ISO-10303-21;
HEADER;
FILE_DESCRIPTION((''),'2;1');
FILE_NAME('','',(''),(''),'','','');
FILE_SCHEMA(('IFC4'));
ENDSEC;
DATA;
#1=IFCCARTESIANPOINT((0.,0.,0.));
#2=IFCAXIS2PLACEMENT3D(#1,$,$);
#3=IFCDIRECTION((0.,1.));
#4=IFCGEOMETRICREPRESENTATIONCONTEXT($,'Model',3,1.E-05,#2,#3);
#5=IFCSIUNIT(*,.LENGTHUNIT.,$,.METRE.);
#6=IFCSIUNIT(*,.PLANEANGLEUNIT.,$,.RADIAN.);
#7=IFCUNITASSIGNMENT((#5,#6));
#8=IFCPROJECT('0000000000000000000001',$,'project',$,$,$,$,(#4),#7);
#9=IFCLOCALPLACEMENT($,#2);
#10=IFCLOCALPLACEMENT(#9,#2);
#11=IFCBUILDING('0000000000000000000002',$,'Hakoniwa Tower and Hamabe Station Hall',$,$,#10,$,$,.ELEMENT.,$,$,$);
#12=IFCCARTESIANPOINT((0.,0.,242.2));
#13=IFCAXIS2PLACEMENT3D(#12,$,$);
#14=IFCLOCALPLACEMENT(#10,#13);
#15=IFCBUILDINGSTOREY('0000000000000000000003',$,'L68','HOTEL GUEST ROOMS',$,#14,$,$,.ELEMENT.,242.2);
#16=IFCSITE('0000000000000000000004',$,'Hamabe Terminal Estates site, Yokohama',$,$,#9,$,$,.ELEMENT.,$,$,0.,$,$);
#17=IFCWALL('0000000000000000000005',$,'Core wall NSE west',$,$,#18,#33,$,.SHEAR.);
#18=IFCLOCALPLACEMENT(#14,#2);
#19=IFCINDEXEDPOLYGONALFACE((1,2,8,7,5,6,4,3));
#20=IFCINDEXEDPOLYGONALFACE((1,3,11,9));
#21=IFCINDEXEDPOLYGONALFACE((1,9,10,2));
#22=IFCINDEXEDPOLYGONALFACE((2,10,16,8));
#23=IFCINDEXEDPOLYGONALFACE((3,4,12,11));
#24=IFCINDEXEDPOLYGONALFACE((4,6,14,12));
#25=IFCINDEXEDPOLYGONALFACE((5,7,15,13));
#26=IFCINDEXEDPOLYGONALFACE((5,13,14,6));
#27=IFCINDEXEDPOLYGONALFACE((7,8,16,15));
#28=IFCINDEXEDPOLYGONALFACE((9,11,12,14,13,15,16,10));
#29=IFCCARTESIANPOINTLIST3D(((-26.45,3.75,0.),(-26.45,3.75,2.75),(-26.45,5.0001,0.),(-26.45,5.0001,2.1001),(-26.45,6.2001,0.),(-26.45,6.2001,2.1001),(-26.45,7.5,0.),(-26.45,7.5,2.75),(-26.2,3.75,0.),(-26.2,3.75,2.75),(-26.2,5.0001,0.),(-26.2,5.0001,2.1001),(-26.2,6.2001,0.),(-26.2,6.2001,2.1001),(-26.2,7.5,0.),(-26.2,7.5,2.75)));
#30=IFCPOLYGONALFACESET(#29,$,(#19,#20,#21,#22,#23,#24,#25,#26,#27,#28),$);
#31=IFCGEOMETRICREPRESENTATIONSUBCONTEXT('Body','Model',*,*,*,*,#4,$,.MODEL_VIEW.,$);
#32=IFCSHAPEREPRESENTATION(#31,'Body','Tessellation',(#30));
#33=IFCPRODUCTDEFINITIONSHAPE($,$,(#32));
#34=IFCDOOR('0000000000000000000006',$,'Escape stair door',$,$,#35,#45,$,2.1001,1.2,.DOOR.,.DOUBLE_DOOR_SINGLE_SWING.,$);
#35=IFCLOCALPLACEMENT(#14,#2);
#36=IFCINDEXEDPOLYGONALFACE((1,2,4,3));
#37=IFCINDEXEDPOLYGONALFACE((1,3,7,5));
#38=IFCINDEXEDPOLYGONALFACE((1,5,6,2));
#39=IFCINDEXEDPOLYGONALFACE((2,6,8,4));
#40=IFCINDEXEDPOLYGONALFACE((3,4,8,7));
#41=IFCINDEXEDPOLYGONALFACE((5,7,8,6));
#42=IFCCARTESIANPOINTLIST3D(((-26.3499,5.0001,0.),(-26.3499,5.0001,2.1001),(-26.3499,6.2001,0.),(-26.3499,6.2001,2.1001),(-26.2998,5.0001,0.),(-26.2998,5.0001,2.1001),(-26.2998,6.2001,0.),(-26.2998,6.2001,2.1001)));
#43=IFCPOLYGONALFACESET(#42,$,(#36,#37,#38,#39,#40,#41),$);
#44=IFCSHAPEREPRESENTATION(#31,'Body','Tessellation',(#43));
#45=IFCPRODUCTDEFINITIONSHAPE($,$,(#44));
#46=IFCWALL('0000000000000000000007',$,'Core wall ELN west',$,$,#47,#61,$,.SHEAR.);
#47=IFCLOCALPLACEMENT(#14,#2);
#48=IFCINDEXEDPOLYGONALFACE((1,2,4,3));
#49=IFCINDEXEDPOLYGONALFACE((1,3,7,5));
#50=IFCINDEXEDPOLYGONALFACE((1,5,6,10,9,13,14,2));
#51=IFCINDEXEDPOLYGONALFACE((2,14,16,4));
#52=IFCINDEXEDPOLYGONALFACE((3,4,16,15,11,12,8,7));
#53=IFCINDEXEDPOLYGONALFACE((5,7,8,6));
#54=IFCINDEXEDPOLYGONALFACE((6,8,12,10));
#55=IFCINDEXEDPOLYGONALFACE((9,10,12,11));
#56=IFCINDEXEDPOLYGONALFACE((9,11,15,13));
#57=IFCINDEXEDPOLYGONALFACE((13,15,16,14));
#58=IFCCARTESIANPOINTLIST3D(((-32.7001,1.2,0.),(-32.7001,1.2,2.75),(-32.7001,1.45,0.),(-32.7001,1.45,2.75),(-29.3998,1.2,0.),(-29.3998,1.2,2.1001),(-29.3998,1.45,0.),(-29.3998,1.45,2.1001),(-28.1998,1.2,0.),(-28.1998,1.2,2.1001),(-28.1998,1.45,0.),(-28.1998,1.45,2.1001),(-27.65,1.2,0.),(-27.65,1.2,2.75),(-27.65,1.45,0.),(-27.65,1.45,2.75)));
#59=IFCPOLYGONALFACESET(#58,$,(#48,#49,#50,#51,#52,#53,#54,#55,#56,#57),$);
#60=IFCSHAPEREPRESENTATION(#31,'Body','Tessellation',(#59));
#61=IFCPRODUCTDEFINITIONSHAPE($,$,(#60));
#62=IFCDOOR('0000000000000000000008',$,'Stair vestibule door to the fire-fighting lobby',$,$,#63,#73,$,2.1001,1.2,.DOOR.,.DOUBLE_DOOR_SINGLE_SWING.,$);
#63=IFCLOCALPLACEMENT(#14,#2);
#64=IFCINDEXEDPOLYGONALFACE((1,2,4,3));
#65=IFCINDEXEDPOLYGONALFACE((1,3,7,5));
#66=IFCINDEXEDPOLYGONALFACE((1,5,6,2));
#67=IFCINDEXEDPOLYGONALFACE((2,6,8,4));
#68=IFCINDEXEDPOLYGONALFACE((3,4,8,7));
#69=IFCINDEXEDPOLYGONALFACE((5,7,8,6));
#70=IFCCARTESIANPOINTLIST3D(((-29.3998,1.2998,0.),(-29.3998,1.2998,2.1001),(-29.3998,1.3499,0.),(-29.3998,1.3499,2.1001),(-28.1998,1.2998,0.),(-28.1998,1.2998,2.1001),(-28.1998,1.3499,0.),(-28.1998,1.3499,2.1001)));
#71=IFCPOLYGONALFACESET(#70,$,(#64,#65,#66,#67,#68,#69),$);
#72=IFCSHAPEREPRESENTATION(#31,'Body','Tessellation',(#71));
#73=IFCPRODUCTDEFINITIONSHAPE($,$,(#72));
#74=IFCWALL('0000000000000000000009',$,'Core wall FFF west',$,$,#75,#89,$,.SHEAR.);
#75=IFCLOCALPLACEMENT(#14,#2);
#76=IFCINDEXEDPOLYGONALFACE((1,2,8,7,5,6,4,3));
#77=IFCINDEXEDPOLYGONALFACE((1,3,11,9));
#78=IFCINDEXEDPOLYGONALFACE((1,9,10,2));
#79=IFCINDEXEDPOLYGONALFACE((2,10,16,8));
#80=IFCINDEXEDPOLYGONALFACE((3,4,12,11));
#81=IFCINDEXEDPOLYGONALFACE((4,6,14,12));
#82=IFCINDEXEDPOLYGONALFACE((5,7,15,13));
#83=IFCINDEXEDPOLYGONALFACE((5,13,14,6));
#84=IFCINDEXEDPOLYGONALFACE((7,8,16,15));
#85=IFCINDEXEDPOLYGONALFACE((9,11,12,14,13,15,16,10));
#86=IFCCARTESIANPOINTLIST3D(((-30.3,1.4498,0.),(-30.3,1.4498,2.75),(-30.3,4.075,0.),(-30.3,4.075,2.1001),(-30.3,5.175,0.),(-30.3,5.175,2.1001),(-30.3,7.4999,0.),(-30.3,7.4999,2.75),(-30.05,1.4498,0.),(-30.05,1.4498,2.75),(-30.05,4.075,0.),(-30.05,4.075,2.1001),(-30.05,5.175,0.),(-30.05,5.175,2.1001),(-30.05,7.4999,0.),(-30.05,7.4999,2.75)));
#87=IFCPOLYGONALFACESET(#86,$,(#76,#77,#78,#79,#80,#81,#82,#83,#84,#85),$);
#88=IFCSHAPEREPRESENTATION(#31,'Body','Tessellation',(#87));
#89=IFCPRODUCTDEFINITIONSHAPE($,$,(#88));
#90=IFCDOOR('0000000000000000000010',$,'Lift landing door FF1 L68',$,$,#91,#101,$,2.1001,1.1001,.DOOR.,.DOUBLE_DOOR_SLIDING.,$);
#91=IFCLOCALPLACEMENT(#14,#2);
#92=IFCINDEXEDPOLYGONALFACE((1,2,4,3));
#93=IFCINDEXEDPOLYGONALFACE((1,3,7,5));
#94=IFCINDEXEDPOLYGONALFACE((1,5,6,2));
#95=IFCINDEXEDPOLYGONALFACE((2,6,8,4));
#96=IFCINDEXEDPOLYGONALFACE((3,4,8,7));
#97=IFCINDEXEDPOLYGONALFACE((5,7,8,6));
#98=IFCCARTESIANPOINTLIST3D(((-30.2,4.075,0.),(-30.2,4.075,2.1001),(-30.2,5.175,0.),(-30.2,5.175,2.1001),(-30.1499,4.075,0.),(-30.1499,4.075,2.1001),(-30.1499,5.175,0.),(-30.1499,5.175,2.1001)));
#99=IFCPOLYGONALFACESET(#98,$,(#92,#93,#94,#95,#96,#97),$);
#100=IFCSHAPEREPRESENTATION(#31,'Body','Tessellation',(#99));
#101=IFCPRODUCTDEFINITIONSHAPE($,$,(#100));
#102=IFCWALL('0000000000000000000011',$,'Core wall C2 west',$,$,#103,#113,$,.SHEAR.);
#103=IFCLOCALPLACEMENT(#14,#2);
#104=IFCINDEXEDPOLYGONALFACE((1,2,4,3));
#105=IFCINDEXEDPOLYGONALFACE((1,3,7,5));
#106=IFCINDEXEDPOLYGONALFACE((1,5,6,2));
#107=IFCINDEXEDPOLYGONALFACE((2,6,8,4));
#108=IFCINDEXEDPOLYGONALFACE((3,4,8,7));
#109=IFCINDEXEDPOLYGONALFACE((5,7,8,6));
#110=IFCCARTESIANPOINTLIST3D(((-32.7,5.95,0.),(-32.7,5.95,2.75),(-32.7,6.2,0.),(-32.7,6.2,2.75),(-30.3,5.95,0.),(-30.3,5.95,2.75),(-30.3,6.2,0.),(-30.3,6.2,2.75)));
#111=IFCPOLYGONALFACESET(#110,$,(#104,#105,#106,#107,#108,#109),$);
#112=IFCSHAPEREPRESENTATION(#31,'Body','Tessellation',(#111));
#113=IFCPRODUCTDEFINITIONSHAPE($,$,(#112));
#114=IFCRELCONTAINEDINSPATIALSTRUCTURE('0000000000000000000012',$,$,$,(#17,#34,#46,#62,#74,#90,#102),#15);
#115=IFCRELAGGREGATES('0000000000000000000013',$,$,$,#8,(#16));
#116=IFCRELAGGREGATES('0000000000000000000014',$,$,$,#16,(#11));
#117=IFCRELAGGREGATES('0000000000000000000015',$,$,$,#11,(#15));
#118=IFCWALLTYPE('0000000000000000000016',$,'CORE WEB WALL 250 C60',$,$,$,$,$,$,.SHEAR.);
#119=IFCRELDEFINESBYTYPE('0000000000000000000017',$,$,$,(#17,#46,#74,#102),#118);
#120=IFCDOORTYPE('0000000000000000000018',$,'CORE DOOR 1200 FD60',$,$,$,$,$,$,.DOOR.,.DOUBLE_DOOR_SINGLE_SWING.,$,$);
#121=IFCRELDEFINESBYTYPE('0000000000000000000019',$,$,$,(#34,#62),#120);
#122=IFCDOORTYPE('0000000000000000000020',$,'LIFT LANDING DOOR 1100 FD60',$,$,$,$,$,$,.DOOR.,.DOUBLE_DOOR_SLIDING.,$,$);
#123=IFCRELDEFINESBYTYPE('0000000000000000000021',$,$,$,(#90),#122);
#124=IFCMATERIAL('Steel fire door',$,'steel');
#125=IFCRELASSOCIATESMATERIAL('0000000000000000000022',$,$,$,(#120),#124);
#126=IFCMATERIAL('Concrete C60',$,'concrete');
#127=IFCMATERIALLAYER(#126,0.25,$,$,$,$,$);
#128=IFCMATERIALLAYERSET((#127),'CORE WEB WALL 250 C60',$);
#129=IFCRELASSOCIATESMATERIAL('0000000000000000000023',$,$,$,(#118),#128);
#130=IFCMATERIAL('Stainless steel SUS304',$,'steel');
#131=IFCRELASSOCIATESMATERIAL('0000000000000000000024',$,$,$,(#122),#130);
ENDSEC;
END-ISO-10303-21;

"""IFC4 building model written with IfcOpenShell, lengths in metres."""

from ifc_helpers import new_model, si_unit, direction, frame, frame_2d, origin, place, context, subcontext, project, spatial, rectangle, extrude, material, layer, layer_set, type_object, element, fill, save


model = new_model("IFC4")

# Units and contexts
model_context = context("Model", 3, precision=1e-05, world=origin(), true_north=direction((0.0, 1.0)))
body_context = subcontext(model_context, "Body", "Model", "MODEL_VIEW")
ifc_project = project(units=[si_unit("LENGTHUNIT", "METRE"), si_unit("PLANEANGLEUNIT", "RADIAN")], contexts=[model_context])

# Site, building, storey
site_placement = place(None, origin())
site = spatial("IfcSite", under=ifc_project, at=site_placement, Name="Hamabe Terminal Estates site, Yokohama", CompositionType="ELEMENT", RefElevation=0.0)
building_placement = place(site_placement, origin())
building = spatial("IfcBuilding", under=site, at=building_placement, Name="Hakoniwa Tower and Hamabe Station Hall", CompositionType="ELEMENT")
storey_placement = place(building_placement, frame((0.0, 0.0, 242.2)))
storey = spatial("IfcBuildingStorey", under=building, at=storey_placement, Name="L68", Description="HOTEL GUEST ROOMS", CompositionType="ELEMENT", Elevation=242.2)

# Shared definitions
ifc_material_1 = material(Name="Steel fire door", Category="steel")
door_type_1 = type_object("IfcDoorType", Name="CORE DOOR 1200 FD60", OperationType="DOUBLE_DOOR_SINGLE_SWING", PredefinedType="DOOR", material=ifc_material_1)

# Shared definitions
ifc_material_2 = material(Name="Concrete C60", Category="concrete")
ifc_layer_1 = layer(ifc_material_2, 0.25)
ifc_layer_set_1 = layer_set([ifc_layer_1], Name="CORE WEB WALL 250 C60")
wall_type_1 = type_object("IfcWallType", Name="CORE WEB WALL 250 C60", PredefinedType="SHEAR", material=ifc_layer_set_1)

# Walls, openings, doors
wall_1_placement = place(storey_placement, frame((-26.325, 3.75, 0.0), z_axis=(0.0, 0.0, 1.0), x_axis=(0.0, 1.0, 0.0)))
wall_1 = element("IfcWall", 1, at=wall_1_placement, inside=storey, type_object=wall_type_1, Name="Core wall NSE west", PredefinedType="SHEAR", context=body_context, shape_type="SweptSolid", body=[
    extrude(rectangle(XDim=3.75, YDim=0.25, at=frame_2d((1.875, 0.0))), origin(), (0.0, 0.0, 1.0), 2.75),
])
opening_1_placement = place(wall_1_placement, frame((1.25, 0.0, 0.0)))
opening_1 = element("IfcOpeningElement", 2, at=opening_1_placement, cuts=wall_1, PredefinedType="OPENING", context=body_context, shape_type="SweptSolid", body=[
    extrude(rectangle(XDim=1.2, YDim=2.1001, at=frame_2d((0.6001, 1.05))), frame((0.0, 0.135, 0.0), z_axis=(0.0, -1.0, 0.0), x_axis=(1.0, 0.0, 0.0)), (0.0, 0.0, 1.0), 0.27),
])
door_1_placement = place(opening_1_placement, origin())
door_1 = element("IfcDoor", 3, at=door_1_placement, inside=storey, type_object=door_type_1, Name="Escape stair door", OperationType="DOUBLE_DOOR_SINGLE_SWING", OverallHeight=2.1001, OverallWidth=1.2, PredefinedType="DOOR", context=body_context, shape_type="SweptSolid", body=[
    extrude(rectangle(XDim=1.2, YDim=2.1001, at=frame_2d((0.6001, 1.05))), frame((0.0, 0.0249, 0.0), z_axis=(0.0, -1.0, 0.0), x_axis=(1.0, 0.0, 0.0)), (0.0, 0.0, 1.0), 0.05),
])
fill(opening_1, door_1)
wall_2_placement = place(storey_placement, frame((-32.7, 1.325, 0.0), z_axis=(0.0, 0.0, 1.0), x_axis=(1.0, 0.0, 0.0)))
wall_2 = element("IfcWall", 4, at=wall_2_placement, inside=storey, type_object=wall_type_1, Name="Core wall ELN west", PredefinedType="SHEAR", context=body_context, shape_type="SweptSolid", body=[
    extrude(rectangle(XDim=5.05, YDim=0.25, at=frame_2d((2.5249, 0.0))), origin(), (0.0, 0.0, 1.0), 2.75),
])
opening_2_placement = place(wall_2_placement, frame((3.3, 0.0, 0.0)))
opening_2 = element("IfcOpeningElement", 5, at=opening_2_placement, cuts=wall_2, PredefinedType="OPENING", context=body_context, shape_type="SweptSolid", body=[
    extrude(rectangle(XDim=1.2, YDim=2.1001, at=frame_2d((0.6001, 1.05))), frame((0.0, 0.135, 0.0), z_axis=(0.0, -1.0, 0.0), x_axis=(1.0, 0.0, 0.0)), (0.0, 0.0, 1.0), 0.27),
])
door_2_placement = place(opening_2_placement, origin())
door_2 = element("IfcDoor", 6, at=door_2_placement, inside=storey, type_object=door_type_1, Name="Stair vestibule door to the fire-fighting lobby", OperationType="DOUBLE_DOOR_SINGLE_SWING", OverallHeight=2.1001, OverallWidth=1.2, PredefinedType="DOOR", context=body_context, shape_type="SweptSolid", body=[
    extrude(rectangle(XDim=1.2, YDim=2.1001, at=frame_2d((0.6001, 1.05))), frame((0.0, 0.0249, 0.0), z_axis=(0.0, -1.0, 0.0), x_axis=(1.0, 0.0, 0.0)), (0.0, 0.0, 1.0), 0.05),
])
fill(opening_2, door_2)
wall_3_placement = place(storey_placement, frame((-30.175, 1.45, 0.0), z_axis=(0.0, 0.0, 1.0), x_axis=(0.0, 1.0, 0.0)))
wall_3 = element("IfcWall", 7, at=wall_3_placement, inside=storey, type_object=wall_type_1, Name="Core wall FFF west", PredefinedType="SHEAR", context=body_context, shape_type="SweptSolid", body=[
    extrude(rectangle(XDim=6.05, YDim=0.25, at=frame_2d((3.0249, 0.0))), origin(), (0.0, 0.0, 1.0), 2.75),
])
opening_3_placement = place(wall_3_placement, frame((2.625, 0.0, 0.0)))
opening_3 = element("IfcOpeningElement", 8, at=opening_3_placement, cuts=wall_3, PredefinedType="OPENING", context=body_context, shape_type="SweptSolid", body=[
    extrude(rectangle(XDim=1.1001, YDim=2.1001, at=frame_2d((0.55, 1.05))), frame((0.0, 0.135, 0.0), z_axis=(0.0, -1.0, 0.0), x_axis=(1.0, 0.0, 0.0)), (0.0, 0.0, 1.0), 0.27),
])
ifc_material_3 = material(Name="Stainless steel SUS304", Category="steel")
door_type_2 = type_object("IfcDoorType", Name="LIFT LANDING DOOR 1100 FD60", OperationType="DOUBLE_DOOR_SLIDING", PredefinedType="DOOR", material=ifc_material_3)
door_3_placement = place(opening_3_placement, origin())
door_3 = element("IfcDoor", 9, at=door_3_placement, inside=storey, type_object=door_type_2, Name="Lift landing door FF1 L68", OperationType="DOUBLE_DOOR_SLIDING", OverallHeight=2.1001, OverallWidth=1.1001, PredefinedType="DOOR", context=body_context, shape_type="SweptSolid", body=[
    extrude(rectangle(XDim=1.1001, YDim=2.1001, at=frame_2d((0.55, 1.05))), frame((0.0, 0.0249, 0.0), z_axis=(0.0, -1.0, 0.0), x_axis=(1.0, 0.0, 0.0)), (0.0, 0.0, 1.0), 0.05),
])
fill(opening_3, door_3)

# Wall
wall_4_placement = place(storey_placement, frame((-32.7, 6.075, 0.0), z_axis=(0.0, 0.0, 1.0), x_axis=(1.0, 0.0, 0.0)))
element("IfcWall", 10, at=wall_4_placement, inside=storey, type_object=wall_type_1, Name="Core wall C2 west", PredefinedType="SHEAR", context=body_context, shape_type="SweptSolid", body=[
    extrude(rectangle(XDim=2.3999, YDim=0.25, at=frame_2d((1.2, 0.0))), origin(), (0.0, 0.0, 1.0), 2.75),
])

save(model, "model.ifc")
